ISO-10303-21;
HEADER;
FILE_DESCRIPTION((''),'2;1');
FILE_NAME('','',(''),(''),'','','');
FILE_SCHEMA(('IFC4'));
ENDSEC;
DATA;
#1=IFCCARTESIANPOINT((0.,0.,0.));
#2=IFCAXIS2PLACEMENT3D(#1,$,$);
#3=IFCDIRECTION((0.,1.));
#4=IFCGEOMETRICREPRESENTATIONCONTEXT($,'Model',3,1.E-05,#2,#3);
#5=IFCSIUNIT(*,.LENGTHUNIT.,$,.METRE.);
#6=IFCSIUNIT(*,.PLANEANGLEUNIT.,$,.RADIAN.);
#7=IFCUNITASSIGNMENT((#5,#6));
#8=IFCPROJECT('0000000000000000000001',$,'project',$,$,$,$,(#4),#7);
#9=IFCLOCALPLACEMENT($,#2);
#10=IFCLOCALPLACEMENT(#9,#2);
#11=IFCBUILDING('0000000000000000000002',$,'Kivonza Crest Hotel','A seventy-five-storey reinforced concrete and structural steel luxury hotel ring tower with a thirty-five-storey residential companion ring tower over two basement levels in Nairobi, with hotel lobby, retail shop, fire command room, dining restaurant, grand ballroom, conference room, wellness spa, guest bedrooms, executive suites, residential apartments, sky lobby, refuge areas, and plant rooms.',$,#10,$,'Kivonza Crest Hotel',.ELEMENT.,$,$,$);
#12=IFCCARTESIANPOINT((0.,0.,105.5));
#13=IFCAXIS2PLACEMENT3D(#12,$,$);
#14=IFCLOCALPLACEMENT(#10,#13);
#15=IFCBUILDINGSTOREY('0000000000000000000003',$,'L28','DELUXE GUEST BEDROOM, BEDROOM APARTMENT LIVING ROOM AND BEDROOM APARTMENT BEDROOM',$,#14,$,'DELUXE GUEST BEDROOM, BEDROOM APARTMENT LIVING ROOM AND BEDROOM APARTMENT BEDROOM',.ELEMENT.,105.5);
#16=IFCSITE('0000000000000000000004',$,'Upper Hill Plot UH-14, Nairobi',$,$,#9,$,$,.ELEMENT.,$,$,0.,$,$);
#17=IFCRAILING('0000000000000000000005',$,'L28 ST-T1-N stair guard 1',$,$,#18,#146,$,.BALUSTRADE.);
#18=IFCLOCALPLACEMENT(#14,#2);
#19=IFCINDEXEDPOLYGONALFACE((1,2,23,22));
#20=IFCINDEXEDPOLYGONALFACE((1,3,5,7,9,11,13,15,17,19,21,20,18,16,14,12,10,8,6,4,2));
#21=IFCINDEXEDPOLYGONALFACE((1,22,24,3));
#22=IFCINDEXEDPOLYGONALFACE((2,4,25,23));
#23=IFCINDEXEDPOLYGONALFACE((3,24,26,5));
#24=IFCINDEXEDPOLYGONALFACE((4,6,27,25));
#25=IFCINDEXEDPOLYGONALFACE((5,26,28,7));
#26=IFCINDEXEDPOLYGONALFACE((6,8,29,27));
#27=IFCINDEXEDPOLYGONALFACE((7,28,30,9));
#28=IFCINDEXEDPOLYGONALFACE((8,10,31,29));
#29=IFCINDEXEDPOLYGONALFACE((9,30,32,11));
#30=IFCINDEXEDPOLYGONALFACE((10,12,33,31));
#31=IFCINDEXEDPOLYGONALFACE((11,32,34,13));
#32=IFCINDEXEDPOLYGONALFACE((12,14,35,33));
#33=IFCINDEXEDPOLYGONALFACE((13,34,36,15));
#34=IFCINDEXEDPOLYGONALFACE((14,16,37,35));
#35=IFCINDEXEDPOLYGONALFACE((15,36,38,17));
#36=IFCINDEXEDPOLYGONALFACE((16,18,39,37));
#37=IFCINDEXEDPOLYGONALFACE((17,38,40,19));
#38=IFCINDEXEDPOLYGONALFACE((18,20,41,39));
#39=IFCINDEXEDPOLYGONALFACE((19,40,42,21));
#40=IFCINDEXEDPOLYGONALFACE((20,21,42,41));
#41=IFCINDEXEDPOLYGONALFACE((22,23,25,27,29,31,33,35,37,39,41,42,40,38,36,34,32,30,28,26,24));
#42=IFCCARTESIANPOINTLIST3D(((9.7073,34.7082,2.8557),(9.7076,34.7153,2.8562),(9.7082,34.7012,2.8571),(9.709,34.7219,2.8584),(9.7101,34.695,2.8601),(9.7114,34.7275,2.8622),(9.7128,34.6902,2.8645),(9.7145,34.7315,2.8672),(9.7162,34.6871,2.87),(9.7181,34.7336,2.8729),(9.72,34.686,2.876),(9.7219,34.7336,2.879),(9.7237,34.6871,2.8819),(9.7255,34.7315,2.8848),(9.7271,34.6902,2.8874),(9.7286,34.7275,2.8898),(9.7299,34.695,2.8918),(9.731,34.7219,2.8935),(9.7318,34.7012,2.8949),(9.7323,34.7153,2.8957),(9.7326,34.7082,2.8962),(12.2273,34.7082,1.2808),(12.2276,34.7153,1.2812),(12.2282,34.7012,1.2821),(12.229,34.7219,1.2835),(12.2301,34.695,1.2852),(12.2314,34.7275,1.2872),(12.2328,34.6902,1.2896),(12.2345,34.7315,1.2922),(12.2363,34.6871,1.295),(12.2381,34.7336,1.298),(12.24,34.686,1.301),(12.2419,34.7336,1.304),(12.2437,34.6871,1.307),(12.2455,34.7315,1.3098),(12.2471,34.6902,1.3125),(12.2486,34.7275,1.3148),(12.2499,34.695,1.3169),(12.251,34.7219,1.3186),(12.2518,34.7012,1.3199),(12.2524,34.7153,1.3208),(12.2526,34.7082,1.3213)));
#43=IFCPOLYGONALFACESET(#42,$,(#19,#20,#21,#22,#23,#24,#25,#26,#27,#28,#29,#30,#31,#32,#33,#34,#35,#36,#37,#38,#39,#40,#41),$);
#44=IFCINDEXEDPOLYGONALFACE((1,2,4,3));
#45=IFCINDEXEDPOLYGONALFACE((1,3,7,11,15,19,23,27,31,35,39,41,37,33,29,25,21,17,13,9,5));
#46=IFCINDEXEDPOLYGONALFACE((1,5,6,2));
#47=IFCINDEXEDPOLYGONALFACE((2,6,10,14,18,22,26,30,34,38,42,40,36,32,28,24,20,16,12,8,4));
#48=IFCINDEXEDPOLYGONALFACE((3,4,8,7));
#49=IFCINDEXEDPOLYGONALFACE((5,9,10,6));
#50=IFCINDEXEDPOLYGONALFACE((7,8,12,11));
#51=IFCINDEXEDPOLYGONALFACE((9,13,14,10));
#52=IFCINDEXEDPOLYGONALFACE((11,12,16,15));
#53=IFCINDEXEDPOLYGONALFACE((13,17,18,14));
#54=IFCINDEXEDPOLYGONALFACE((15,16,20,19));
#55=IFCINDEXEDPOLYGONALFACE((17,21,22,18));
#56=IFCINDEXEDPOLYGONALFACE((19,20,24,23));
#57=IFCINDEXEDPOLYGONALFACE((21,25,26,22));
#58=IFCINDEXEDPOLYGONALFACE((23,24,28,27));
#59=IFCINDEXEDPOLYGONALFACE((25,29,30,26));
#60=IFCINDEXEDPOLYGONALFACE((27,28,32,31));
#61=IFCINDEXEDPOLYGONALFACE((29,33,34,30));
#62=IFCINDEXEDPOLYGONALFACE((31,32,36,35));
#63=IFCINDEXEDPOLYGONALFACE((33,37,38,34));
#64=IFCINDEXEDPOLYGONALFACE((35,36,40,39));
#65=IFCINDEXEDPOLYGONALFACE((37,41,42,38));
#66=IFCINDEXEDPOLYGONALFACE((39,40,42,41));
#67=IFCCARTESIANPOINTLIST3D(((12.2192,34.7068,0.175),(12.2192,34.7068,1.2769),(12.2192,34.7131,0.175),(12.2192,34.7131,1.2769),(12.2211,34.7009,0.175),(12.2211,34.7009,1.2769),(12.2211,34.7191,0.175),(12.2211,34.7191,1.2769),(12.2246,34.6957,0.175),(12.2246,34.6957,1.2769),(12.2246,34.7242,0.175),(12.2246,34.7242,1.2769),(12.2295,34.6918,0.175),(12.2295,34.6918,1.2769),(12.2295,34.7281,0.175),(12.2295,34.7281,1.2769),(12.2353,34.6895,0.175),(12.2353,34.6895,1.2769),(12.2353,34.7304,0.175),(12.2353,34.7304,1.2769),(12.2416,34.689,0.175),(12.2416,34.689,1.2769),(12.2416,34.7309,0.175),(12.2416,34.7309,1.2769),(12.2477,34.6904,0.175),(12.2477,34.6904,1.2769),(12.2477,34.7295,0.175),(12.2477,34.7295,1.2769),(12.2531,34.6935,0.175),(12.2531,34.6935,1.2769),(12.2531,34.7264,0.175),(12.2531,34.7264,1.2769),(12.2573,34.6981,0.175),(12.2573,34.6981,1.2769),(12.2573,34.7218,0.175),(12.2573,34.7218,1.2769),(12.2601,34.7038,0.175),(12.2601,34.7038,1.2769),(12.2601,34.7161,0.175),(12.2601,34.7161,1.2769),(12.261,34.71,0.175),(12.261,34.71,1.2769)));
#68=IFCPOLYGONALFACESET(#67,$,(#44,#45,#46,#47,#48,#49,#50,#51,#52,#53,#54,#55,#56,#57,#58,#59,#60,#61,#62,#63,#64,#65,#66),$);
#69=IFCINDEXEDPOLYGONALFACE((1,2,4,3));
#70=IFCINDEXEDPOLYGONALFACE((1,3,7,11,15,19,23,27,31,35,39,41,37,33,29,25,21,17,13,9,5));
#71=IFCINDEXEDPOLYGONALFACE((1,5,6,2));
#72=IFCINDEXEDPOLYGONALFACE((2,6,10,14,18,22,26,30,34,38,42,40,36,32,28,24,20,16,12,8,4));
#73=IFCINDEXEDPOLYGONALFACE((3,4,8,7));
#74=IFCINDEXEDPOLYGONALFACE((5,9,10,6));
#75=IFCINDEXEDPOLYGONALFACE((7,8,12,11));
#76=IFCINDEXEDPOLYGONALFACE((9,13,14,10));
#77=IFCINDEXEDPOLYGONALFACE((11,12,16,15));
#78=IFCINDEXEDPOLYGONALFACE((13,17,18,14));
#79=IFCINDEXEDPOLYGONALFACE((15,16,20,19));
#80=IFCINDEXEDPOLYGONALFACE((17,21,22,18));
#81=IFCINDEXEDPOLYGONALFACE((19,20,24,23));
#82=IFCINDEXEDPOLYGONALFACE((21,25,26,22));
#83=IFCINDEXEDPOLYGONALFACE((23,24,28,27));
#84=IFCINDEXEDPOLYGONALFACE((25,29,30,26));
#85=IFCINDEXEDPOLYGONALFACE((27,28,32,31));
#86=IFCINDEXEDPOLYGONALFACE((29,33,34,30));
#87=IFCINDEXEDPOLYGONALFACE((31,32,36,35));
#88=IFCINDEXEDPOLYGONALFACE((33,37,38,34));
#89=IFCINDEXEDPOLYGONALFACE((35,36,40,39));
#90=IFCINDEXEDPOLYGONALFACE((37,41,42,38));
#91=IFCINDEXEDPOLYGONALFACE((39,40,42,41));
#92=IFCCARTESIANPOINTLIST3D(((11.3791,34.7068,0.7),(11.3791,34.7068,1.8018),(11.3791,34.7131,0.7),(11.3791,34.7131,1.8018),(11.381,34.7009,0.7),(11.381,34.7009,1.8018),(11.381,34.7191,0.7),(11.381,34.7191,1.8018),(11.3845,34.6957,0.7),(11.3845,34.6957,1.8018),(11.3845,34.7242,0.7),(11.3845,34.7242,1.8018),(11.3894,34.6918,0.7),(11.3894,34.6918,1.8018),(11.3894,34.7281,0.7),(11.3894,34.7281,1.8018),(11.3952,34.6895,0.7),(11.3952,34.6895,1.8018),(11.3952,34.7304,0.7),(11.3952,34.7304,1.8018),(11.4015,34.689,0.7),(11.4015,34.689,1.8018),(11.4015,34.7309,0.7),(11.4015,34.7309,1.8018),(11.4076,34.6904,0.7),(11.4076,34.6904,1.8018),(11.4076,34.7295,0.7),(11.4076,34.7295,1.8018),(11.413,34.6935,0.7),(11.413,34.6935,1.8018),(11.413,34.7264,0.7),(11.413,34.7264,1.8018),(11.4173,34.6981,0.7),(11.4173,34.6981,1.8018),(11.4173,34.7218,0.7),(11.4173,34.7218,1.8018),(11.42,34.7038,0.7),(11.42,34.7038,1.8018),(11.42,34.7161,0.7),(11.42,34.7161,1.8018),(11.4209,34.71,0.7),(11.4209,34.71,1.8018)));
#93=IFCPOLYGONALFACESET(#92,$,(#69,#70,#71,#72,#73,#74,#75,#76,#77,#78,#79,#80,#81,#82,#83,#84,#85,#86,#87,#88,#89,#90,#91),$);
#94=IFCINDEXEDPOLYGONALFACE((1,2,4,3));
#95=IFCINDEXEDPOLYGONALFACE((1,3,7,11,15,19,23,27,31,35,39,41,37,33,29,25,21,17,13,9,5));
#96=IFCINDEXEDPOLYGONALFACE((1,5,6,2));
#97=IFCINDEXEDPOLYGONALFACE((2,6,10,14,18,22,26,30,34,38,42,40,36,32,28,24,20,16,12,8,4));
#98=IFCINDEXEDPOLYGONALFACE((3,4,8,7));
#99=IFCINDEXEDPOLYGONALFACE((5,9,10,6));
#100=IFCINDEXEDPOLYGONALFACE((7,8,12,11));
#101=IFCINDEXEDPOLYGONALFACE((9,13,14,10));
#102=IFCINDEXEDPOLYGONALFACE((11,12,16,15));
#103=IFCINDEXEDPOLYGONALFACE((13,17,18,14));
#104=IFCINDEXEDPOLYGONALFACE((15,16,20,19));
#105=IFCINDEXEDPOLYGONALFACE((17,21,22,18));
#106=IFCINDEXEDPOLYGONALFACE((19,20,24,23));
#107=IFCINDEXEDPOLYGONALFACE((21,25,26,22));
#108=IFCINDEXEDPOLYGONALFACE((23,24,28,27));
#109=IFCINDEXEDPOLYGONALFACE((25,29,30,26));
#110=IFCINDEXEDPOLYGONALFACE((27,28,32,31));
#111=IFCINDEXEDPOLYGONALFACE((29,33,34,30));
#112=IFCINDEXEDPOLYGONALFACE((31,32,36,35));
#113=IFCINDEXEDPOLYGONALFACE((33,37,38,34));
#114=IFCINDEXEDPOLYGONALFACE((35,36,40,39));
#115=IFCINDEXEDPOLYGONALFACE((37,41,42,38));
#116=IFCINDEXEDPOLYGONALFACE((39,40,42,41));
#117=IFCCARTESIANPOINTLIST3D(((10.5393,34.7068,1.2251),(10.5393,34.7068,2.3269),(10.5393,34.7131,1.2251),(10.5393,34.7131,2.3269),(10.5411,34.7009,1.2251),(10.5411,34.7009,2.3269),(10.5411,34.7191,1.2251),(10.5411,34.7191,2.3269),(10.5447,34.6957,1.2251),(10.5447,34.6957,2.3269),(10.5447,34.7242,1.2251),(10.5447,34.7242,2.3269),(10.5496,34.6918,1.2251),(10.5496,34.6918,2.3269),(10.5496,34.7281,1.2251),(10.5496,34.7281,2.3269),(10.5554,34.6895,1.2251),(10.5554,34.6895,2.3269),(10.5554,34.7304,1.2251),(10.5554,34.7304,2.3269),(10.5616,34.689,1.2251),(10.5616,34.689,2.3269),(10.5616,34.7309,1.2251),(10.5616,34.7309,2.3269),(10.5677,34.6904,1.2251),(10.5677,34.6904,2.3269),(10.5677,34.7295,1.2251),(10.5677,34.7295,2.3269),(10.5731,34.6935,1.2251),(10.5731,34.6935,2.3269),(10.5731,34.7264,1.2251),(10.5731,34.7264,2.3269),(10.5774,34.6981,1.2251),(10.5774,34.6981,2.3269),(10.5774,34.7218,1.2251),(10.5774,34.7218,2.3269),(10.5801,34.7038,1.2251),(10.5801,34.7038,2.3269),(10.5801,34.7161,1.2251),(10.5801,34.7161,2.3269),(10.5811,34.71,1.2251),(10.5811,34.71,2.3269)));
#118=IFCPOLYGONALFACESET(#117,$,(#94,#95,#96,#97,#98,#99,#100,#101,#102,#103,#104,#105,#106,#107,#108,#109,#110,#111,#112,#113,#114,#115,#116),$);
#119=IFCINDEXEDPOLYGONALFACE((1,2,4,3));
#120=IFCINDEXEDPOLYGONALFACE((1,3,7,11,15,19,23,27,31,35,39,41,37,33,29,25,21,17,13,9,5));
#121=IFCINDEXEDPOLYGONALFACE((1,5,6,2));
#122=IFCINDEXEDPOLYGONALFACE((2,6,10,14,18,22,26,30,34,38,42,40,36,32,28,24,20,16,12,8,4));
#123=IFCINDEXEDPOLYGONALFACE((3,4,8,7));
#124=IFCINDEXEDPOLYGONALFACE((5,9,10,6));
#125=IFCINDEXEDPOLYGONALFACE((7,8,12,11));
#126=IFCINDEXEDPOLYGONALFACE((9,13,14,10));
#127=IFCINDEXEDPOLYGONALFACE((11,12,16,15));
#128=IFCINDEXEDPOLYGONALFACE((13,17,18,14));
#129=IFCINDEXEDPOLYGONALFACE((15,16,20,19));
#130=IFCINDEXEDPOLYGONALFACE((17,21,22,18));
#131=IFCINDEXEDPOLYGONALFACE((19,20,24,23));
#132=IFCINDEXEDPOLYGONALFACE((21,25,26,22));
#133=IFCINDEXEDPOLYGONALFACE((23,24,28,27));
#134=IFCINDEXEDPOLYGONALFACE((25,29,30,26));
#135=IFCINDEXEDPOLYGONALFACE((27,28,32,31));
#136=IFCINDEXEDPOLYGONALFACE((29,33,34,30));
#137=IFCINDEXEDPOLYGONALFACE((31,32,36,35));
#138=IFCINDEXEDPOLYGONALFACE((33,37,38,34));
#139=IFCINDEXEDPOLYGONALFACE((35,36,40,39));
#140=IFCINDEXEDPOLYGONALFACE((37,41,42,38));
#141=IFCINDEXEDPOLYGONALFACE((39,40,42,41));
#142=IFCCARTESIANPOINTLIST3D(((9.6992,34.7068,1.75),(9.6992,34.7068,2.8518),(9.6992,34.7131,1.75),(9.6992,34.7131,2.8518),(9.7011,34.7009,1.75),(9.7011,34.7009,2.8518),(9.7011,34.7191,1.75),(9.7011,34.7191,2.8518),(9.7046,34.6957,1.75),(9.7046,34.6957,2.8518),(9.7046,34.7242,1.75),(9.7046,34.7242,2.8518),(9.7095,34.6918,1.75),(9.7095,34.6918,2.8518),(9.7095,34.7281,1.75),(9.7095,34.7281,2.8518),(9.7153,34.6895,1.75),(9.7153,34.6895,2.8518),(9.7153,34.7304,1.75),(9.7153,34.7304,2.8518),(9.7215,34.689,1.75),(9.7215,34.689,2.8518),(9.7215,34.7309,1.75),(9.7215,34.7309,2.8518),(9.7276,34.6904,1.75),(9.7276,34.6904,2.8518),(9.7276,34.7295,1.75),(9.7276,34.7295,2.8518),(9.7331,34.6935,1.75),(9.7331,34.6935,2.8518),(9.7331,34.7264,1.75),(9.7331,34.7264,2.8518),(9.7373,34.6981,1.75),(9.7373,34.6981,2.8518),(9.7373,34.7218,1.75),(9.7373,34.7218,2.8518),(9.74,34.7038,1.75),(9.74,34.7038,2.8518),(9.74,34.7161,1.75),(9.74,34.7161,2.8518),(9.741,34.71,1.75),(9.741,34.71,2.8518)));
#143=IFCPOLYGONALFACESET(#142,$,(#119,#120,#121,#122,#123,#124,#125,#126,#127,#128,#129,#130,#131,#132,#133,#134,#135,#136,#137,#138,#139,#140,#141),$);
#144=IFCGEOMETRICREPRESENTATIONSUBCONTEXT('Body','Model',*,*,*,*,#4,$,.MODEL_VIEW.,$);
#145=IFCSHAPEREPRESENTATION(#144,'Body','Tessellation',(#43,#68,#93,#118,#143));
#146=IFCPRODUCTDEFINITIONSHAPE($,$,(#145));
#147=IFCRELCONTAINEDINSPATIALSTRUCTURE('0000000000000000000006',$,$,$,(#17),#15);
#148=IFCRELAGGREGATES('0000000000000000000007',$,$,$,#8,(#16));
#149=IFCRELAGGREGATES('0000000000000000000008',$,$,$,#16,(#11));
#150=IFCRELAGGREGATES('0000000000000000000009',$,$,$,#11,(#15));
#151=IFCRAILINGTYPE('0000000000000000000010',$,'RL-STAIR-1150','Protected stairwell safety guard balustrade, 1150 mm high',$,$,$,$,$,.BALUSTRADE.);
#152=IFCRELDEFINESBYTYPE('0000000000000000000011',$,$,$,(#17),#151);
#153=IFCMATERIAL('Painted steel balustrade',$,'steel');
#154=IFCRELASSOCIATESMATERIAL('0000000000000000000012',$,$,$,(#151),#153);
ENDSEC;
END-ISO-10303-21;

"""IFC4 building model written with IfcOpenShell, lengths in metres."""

from ifc_helpers import new_model, si_unit, direction, frame, origin, origin_2d, place, context, subcontext, project, spatial, circle, extrude, material, type_object, element, save


model = new_model("IFC4")

# Units and contexts
model_context = context("Model", 3, precision=1e-05, world=origin(), true_north=direction((0.0, 1.0)))
body_context = subcontext(model_context, "Body", "Model", "MODEL_VIEW")
ifc_project = project(units=[si_unit("LENGTHUNIT", "METRE"), si_unit("PLANEANGLEUNIT", "RADIAN")], contexts=[model_context])

# Site, building, storey
site_placement = place(None, origin())
site = spatial("IfcSite", under=ifc_project, at=site_placement, Name="Upper Hill Plot UH-14, Nairobi", CompositionType="ELEMENT", RefElevation=0.0)
building_placement = place(site_placement, origin())
building = spatial("IfcBuilding", under=site, at=building_placement, Name="Kivonza Crest Hotel", Description="A seventy-five-storey reinforced concrete and structural steel luxury hotel ring tower with a thirty-five-storey residential companion ring tower over two basement levels in Nairobi, with hotel lobby, retail shop, fire command room, dining restaurant, grand ballroom, conference room, wellness spa, guest bedrooms, executive suites, residential apartments, sky lobby, refuge areas, and plant rooms.", LongName="Kivonza Crest Hotel", CompositionType="ELEMENT")
storey_placement = place(building_placement, frame((0.0, 0.0, 105.5)))
storey = spatial("IfcBuildingStorey", under=building, at=storey_placement, Name="L28", Description="DELUXE GUEST BEDROOM, BEDROOM APARTMENT LIVING ROOM AND BEDROOM APARTMENT BEDROOM", LongName="DELUXE GUEST BEDROOM, BEDROOM APARTMENT LIVING ROOM AND BEDROOM APARTMENT BEDROOM", CompositionType="ELEMENT", Elevation=105.5)

# Railing
ifc_material_1 = material(Name="Painted steel balustrade", Category="steel")
railing_type_1 = type_object("IfcRailingType", Name="RL-STAIR-1150", Description="Protected stairwell safety guard balustrade, 1150 mm high", PredefinedType="BALUSTRADE", material=ifc_material_1)
railing_1_placement = place(storey_placement, frame((12.24, 34.71, 0.175)))
element("IfcRailing", 1, at=railing_1_placement, inside=storey, type_object=railing_type_1, Name="L28 ST-T1-N stair guard 1", PredefinedType="BALUSTRADE", context=body_context, shape_type="SweptSolid", body=[
    extrude(circle(Radius=0.0239, at=origin_2d()), frame((0.0, 0.0, 1.126), z_axis=(-0.848008, 0.0, 0.529984), x_axis=(0.0, -1.0, 0.0)), (0.0, 0.0, 1.0), 2.9717),
    extrude(circle(Radius=0.021, at=origin_2d()), origin(), (0.0, 0.0, 1.0), 1.1018),
    extrude(circle(Radius=0.021, at=origin_2d()), frame((-0.8401, 0.0, 0.5249)), (0.0, 0.0, 1.0), 1.1018),
    extrude(circle(Radius=0.021, at=origin_2d()), frame((-1.6799, 0.0, 1.05)), (0.0, 0.0, 1.0), 1.1018),
    extrude(circle(Radius=0.021, at=origin_2d()), frame((-2.52, 0.0, 1.575)), (0.0, 0.0, 1.0), 1.1018),
])

save(model, "model.ifc")
